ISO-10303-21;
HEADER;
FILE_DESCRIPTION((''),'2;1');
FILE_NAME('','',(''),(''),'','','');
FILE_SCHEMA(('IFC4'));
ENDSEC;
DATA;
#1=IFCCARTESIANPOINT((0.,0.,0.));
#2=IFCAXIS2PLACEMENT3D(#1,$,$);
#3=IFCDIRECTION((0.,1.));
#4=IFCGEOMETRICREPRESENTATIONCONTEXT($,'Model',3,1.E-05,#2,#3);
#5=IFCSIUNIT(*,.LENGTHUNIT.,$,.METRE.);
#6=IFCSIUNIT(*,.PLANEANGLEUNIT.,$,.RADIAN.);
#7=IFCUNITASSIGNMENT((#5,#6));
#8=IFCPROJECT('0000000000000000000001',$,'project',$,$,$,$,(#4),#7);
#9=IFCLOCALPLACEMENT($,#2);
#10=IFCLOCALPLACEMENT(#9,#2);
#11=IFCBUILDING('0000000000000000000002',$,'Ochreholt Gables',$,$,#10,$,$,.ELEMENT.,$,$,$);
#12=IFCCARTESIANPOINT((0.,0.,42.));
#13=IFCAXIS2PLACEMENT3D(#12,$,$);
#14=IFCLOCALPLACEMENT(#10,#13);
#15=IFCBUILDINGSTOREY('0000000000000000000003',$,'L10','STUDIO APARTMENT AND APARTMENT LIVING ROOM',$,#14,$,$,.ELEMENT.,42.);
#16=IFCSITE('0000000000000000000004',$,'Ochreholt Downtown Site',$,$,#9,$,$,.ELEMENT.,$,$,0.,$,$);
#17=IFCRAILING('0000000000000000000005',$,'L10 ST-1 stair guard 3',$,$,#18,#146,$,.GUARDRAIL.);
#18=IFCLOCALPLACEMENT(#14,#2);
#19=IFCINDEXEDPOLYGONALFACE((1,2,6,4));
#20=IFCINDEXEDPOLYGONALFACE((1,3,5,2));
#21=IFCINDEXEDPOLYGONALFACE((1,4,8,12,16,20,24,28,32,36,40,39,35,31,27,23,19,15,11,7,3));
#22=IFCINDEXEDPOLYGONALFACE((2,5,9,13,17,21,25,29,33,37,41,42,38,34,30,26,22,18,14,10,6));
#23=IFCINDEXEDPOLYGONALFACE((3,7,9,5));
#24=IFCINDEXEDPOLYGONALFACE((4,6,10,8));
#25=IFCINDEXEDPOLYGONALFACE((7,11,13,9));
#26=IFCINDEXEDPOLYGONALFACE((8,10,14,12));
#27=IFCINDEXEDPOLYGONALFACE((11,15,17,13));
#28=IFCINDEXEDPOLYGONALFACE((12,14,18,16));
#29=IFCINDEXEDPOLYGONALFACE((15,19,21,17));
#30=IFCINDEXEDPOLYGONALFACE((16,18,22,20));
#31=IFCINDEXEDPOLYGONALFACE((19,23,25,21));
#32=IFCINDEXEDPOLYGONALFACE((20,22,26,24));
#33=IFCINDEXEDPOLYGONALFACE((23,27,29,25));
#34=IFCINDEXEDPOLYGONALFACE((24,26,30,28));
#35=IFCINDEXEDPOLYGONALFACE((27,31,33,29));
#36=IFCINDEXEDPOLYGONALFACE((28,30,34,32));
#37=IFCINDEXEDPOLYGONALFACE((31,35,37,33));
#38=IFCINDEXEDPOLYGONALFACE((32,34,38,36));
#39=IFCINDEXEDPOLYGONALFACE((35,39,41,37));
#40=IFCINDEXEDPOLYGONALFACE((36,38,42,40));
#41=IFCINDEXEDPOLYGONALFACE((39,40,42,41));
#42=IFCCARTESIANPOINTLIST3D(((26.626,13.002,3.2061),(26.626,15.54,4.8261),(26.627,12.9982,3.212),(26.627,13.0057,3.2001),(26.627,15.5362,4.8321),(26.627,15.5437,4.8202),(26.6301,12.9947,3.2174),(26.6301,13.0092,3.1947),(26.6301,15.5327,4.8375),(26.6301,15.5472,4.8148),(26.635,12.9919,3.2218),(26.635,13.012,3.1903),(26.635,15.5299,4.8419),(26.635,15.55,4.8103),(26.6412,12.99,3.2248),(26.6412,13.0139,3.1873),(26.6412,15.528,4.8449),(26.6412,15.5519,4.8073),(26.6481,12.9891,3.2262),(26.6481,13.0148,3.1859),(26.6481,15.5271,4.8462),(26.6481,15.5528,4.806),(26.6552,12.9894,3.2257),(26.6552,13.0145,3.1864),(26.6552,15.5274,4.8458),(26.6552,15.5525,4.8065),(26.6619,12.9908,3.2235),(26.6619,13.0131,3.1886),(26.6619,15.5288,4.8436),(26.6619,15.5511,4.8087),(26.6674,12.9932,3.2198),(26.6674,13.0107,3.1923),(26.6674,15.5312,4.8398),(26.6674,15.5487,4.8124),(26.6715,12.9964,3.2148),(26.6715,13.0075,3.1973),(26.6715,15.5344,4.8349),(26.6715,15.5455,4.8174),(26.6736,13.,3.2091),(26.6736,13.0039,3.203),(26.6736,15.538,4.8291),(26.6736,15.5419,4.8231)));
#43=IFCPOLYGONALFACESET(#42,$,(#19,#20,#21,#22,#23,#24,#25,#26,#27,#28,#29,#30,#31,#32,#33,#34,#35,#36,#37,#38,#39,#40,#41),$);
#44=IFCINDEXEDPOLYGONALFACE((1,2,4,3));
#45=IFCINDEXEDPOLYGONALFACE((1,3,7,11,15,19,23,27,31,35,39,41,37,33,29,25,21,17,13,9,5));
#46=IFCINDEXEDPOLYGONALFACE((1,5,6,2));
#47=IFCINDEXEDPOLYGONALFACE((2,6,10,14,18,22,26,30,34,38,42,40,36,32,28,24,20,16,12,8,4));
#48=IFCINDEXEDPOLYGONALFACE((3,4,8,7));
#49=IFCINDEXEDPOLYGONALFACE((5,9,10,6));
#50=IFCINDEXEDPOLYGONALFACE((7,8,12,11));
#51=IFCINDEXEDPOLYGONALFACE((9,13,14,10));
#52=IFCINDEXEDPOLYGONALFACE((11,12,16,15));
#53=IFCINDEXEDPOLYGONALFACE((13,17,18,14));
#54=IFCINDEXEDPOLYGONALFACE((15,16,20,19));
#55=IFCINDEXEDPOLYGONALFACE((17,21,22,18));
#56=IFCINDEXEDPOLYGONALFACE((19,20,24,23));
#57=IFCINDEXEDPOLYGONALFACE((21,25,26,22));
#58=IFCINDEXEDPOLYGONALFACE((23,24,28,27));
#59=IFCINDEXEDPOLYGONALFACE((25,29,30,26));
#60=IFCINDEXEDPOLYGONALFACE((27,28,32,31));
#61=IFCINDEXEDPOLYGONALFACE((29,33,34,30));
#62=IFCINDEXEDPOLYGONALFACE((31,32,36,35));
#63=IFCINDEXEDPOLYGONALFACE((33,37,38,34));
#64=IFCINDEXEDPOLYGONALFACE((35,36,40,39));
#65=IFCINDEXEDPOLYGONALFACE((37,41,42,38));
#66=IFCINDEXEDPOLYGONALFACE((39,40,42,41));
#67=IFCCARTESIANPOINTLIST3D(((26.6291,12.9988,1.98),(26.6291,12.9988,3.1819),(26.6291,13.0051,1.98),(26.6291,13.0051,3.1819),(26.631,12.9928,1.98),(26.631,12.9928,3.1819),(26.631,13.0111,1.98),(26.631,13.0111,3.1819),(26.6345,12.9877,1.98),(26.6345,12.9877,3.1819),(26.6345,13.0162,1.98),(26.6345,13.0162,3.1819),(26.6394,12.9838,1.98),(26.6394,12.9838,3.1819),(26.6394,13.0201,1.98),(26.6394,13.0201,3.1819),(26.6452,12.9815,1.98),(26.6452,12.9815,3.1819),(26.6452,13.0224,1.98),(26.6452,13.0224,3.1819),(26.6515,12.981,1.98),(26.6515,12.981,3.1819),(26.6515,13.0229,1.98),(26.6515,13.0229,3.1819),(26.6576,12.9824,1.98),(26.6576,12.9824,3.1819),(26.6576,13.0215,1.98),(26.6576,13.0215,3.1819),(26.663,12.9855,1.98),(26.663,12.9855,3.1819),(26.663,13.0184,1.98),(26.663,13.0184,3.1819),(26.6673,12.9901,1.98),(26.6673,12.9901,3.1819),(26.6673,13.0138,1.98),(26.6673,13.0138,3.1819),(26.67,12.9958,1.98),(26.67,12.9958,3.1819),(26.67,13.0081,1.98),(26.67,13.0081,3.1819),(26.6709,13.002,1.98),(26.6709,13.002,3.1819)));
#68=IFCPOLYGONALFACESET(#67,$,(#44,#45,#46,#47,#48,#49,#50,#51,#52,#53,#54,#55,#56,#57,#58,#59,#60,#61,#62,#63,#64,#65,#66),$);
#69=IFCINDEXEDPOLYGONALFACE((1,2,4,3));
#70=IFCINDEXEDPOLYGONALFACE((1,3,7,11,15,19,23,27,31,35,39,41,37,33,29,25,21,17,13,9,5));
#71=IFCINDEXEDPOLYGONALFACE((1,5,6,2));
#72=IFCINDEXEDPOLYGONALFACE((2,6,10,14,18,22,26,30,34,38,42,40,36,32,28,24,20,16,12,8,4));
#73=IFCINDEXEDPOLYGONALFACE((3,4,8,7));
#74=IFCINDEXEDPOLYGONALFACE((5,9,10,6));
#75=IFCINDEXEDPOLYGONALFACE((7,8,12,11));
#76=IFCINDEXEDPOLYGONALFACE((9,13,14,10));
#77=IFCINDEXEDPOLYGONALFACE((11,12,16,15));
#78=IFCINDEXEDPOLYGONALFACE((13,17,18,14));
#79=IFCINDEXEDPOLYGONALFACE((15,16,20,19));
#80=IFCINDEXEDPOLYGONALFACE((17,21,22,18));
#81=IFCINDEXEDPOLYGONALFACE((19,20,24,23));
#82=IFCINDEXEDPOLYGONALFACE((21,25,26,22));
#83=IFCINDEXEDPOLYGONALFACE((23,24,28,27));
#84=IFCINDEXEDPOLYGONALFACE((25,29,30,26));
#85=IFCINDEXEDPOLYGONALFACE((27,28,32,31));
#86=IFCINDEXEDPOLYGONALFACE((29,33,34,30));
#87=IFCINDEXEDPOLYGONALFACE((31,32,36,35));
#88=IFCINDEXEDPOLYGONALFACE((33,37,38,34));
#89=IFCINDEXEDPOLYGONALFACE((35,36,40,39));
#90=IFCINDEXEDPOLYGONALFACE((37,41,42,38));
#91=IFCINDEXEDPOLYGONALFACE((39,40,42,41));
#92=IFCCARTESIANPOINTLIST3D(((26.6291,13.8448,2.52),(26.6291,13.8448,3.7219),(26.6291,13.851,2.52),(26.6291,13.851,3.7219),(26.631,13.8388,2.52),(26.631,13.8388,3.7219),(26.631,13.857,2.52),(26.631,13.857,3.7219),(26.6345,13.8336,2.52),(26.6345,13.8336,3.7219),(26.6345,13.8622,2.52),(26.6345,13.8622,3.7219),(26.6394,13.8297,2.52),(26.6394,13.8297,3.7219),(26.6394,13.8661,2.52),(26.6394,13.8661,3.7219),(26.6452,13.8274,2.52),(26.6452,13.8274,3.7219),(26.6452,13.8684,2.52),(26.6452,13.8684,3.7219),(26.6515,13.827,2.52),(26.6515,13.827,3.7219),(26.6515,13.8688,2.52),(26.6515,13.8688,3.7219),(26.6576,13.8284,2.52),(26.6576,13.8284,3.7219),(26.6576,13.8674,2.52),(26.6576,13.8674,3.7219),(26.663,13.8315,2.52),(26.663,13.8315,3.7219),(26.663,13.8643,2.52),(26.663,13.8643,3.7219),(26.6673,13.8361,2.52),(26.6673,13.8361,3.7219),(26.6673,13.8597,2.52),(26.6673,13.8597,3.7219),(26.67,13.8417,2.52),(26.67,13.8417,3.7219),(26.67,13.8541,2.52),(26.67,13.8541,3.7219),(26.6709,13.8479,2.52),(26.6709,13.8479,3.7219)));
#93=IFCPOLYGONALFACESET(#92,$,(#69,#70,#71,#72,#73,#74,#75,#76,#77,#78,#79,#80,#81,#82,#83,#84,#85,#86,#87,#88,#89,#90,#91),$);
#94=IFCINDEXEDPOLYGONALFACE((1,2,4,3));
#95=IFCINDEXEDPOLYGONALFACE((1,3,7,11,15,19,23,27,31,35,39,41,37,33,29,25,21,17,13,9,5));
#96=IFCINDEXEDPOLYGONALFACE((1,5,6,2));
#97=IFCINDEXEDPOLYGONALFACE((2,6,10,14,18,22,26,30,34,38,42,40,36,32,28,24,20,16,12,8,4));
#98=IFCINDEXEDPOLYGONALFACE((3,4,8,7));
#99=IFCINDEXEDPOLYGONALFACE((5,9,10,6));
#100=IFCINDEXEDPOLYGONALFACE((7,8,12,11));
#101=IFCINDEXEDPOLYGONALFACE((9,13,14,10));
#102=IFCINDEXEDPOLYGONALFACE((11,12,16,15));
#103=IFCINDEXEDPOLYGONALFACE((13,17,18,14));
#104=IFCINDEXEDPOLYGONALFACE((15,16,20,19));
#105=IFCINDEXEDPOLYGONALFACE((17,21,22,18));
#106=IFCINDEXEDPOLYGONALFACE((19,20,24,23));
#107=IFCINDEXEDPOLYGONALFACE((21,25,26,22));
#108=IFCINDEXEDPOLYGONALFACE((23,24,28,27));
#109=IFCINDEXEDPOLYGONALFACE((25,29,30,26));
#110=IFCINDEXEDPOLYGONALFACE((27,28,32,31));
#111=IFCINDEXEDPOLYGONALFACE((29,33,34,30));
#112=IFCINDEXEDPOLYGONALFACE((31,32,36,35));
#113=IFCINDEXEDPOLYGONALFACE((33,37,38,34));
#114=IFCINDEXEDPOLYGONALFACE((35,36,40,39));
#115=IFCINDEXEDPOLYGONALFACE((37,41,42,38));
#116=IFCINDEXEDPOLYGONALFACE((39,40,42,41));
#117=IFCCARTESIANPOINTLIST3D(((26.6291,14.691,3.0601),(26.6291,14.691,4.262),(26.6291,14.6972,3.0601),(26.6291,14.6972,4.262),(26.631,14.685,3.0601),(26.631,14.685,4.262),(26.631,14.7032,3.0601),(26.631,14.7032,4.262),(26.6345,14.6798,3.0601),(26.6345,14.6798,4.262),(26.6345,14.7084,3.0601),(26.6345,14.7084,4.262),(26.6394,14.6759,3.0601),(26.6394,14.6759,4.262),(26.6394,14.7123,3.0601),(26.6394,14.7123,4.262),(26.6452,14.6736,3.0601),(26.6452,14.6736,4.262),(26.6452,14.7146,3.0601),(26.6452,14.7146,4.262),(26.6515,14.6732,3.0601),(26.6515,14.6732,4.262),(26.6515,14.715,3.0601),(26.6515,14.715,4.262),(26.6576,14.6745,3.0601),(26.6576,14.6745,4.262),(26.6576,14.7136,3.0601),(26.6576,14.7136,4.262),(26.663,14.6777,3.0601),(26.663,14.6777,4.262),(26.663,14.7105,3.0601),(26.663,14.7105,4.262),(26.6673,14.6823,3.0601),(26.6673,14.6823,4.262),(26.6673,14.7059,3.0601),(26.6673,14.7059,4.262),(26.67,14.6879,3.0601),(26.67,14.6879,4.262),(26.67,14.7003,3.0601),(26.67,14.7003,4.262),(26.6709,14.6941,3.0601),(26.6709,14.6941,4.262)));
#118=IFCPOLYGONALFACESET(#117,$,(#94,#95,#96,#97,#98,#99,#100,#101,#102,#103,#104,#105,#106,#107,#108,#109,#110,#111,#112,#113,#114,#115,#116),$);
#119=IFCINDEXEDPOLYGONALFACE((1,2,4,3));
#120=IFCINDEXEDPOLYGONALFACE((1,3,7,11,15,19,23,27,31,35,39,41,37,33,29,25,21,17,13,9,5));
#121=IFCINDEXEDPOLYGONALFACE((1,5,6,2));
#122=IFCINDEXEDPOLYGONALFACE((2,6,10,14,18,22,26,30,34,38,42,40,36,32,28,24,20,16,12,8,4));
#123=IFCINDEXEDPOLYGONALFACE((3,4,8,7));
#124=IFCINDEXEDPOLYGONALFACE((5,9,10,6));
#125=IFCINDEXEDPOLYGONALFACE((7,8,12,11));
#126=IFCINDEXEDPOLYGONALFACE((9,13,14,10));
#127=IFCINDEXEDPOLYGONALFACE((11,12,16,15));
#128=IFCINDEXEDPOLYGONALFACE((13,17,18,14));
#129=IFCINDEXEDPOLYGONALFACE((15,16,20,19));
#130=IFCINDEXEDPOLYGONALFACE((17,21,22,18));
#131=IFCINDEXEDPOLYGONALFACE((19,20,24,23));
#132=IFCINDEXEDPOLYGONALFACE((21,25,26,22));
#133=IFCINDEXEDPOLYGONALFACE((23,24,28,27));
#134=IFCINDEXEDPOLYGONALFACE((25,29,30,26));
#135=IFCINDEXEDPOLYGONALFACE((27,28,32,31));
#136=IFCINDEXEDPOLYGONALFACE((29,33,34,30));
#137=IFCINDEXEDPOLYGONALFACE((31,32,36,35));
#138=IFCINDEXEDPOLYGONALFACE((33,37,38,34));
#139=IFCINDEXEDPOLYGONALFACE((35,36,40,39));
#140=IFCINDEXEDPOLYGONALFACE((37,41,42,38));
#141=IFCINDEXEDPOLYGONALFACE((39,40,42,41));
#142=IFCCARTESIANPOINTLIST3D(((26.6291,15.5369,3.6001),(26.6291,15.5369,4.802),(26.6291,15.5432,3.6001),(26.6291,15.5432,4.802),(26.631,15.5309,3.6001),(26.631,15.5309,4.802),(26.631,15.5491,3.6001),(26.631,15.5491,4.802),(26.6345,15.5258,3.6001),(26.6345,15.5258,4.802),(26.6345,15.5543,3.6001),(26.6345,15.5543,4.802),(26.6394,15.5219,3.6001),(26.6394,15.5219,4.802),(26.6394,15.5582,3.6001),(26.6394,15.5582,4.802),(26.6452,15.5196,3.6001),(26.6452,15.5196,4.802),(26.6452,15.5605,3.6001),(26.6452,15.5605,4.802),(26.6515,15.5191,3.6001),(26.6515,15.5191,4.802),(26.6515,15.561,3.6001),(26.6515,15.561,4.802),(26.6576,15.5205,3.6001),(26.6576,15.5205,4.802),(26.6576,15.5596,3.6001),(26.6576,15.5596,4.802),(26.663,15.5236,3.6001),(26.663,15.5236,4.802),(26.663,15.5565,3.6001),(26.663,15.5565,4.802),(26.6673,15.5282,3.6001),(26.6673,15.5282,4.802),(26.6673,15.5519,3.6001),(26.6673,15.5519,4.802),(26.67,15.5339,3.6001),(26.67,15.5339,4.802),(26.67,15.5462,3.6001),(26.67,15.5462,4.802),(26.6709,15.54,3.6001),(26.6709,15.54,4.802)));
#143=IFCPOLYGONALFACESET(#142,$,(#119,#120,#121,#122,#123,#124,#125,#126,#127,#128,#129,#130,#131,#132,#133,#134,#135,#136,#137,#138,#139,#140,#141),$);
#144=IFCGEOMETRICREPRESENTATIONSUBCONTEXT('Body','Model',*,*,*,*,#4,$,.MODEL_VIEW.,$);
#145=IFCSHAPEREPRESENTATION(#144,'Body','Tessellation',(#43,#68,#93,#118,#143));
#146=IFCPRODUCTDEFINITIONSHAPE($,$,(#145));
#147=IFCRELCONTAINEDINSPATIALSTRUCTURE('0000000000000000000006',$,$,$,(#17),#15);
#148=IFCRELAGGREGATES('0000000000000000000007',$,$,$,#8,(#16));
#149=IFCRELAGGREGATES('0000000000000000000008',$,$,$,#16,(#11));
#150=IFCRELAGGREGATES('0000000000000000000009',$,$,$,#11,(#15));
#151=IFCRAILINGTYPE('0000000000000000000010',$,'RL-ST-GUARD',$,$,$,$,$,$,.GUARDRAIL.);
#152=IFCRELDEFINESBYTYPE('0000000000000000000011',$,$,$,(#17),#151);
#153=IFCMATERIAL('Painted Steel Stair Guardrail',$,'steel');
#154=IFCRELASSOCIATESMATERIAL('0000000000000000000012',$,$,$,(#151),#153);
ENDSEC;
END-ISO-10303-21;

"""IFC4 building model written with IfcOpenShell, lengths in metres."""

from ifc_helpers import new_model, si_unit, direction, frame, origin, origin_2d, place, context, subcontext, project, spatial, circle, extrude, material, type_object, element, save


model = new_model("IFC4")

# Units and contexts
model_context = context("Model", 3, precision=1e-05, world=origin(), true_north=direction((0.0, 1.0)))
body_context = subcontext(model_context, "Body", "Model", "MODEL_VIEW")
ifc_project = project(units=[si_unit("LENGTHUNIT", "METRE"), si_unit("PLANEANGLEUNIT", "RADIAN")], contexts=[model_context])

# Site, building, storey
site_placement = place(None, origin())
site = spatial("IfcSite", under=ifc_project, at=site_placement, Name="Ochreholt Downtown Site", CompositionType="ELEMENT", RefElevation=0.0)
building_placement = place(site_placement, origin())
building = spatial("IfcBuilding", under=site, at=building_placement, Name="Ochreholt Gables", CompositionType="ELEMENT")
storey_placement = place(building_placement, frame((0.0, 0.0, 42.0)))
storey = spatial("IfcBuildingStorey", under=building, at=storey_placement, Name="L10", Description="STUDIO APARTMENT AND APARTMENT LIVING ROOM", CompositionType="ELEMENT", Elevation=42.0)

# Railing
ifc_material_1 = material(Name="Painted Steel Stair Guardrail", Category="steel")
railing_type = type_object("IfcRailingType", Name="RL-ST-GUARD", PredefinedType="GUARDRAIL", material=ifc_material_1)
railing_1_placement = place(storey_placement, frame((26.6499, 13.002, 1.98)))
element("IfcRailing", 1, at=railing_1_placement, inside=storey, type_object=railing_type, Name="L10 ST-1 stair guard 3", PredefinedType="GUARDRAIL", context=body_context, shape_type="SweptSolid", body=[
    extrude(circle(Radius=0.0239, at=origin_2d()), frame((0.0, 0.0, 1.2261), z_axis=(0.0, 0.842913, 0.53805), x_axis=(-1.0, 0.0, 0.0)), (0.0, 0.0, 1.0), 3.011),
    extrude(circle(Radius=0.021, at=origin_2d()), origin(), (0.0, 0.0, 1.0), 1.2019),
    extrude(circle(Radius=0.021, at=origin_2d()), frame((0.0, 0.8459, 0.54)), (0.0, 0.0, 1.0), 1.2019),
    extrude(circle(Radius=0.021, at=origin_2d()), frame((0.0, 1.6921, 1.0801)), (0.0, 0.0, 1.0), 1.2019),
    extrude(circle(Radius=0.021, at=origin_2d()), frame((0.0, 2.5381, 1.6201)), (0.0, 0.0, 1.0), 1.2019),
])

save(model, "model.ifc")
